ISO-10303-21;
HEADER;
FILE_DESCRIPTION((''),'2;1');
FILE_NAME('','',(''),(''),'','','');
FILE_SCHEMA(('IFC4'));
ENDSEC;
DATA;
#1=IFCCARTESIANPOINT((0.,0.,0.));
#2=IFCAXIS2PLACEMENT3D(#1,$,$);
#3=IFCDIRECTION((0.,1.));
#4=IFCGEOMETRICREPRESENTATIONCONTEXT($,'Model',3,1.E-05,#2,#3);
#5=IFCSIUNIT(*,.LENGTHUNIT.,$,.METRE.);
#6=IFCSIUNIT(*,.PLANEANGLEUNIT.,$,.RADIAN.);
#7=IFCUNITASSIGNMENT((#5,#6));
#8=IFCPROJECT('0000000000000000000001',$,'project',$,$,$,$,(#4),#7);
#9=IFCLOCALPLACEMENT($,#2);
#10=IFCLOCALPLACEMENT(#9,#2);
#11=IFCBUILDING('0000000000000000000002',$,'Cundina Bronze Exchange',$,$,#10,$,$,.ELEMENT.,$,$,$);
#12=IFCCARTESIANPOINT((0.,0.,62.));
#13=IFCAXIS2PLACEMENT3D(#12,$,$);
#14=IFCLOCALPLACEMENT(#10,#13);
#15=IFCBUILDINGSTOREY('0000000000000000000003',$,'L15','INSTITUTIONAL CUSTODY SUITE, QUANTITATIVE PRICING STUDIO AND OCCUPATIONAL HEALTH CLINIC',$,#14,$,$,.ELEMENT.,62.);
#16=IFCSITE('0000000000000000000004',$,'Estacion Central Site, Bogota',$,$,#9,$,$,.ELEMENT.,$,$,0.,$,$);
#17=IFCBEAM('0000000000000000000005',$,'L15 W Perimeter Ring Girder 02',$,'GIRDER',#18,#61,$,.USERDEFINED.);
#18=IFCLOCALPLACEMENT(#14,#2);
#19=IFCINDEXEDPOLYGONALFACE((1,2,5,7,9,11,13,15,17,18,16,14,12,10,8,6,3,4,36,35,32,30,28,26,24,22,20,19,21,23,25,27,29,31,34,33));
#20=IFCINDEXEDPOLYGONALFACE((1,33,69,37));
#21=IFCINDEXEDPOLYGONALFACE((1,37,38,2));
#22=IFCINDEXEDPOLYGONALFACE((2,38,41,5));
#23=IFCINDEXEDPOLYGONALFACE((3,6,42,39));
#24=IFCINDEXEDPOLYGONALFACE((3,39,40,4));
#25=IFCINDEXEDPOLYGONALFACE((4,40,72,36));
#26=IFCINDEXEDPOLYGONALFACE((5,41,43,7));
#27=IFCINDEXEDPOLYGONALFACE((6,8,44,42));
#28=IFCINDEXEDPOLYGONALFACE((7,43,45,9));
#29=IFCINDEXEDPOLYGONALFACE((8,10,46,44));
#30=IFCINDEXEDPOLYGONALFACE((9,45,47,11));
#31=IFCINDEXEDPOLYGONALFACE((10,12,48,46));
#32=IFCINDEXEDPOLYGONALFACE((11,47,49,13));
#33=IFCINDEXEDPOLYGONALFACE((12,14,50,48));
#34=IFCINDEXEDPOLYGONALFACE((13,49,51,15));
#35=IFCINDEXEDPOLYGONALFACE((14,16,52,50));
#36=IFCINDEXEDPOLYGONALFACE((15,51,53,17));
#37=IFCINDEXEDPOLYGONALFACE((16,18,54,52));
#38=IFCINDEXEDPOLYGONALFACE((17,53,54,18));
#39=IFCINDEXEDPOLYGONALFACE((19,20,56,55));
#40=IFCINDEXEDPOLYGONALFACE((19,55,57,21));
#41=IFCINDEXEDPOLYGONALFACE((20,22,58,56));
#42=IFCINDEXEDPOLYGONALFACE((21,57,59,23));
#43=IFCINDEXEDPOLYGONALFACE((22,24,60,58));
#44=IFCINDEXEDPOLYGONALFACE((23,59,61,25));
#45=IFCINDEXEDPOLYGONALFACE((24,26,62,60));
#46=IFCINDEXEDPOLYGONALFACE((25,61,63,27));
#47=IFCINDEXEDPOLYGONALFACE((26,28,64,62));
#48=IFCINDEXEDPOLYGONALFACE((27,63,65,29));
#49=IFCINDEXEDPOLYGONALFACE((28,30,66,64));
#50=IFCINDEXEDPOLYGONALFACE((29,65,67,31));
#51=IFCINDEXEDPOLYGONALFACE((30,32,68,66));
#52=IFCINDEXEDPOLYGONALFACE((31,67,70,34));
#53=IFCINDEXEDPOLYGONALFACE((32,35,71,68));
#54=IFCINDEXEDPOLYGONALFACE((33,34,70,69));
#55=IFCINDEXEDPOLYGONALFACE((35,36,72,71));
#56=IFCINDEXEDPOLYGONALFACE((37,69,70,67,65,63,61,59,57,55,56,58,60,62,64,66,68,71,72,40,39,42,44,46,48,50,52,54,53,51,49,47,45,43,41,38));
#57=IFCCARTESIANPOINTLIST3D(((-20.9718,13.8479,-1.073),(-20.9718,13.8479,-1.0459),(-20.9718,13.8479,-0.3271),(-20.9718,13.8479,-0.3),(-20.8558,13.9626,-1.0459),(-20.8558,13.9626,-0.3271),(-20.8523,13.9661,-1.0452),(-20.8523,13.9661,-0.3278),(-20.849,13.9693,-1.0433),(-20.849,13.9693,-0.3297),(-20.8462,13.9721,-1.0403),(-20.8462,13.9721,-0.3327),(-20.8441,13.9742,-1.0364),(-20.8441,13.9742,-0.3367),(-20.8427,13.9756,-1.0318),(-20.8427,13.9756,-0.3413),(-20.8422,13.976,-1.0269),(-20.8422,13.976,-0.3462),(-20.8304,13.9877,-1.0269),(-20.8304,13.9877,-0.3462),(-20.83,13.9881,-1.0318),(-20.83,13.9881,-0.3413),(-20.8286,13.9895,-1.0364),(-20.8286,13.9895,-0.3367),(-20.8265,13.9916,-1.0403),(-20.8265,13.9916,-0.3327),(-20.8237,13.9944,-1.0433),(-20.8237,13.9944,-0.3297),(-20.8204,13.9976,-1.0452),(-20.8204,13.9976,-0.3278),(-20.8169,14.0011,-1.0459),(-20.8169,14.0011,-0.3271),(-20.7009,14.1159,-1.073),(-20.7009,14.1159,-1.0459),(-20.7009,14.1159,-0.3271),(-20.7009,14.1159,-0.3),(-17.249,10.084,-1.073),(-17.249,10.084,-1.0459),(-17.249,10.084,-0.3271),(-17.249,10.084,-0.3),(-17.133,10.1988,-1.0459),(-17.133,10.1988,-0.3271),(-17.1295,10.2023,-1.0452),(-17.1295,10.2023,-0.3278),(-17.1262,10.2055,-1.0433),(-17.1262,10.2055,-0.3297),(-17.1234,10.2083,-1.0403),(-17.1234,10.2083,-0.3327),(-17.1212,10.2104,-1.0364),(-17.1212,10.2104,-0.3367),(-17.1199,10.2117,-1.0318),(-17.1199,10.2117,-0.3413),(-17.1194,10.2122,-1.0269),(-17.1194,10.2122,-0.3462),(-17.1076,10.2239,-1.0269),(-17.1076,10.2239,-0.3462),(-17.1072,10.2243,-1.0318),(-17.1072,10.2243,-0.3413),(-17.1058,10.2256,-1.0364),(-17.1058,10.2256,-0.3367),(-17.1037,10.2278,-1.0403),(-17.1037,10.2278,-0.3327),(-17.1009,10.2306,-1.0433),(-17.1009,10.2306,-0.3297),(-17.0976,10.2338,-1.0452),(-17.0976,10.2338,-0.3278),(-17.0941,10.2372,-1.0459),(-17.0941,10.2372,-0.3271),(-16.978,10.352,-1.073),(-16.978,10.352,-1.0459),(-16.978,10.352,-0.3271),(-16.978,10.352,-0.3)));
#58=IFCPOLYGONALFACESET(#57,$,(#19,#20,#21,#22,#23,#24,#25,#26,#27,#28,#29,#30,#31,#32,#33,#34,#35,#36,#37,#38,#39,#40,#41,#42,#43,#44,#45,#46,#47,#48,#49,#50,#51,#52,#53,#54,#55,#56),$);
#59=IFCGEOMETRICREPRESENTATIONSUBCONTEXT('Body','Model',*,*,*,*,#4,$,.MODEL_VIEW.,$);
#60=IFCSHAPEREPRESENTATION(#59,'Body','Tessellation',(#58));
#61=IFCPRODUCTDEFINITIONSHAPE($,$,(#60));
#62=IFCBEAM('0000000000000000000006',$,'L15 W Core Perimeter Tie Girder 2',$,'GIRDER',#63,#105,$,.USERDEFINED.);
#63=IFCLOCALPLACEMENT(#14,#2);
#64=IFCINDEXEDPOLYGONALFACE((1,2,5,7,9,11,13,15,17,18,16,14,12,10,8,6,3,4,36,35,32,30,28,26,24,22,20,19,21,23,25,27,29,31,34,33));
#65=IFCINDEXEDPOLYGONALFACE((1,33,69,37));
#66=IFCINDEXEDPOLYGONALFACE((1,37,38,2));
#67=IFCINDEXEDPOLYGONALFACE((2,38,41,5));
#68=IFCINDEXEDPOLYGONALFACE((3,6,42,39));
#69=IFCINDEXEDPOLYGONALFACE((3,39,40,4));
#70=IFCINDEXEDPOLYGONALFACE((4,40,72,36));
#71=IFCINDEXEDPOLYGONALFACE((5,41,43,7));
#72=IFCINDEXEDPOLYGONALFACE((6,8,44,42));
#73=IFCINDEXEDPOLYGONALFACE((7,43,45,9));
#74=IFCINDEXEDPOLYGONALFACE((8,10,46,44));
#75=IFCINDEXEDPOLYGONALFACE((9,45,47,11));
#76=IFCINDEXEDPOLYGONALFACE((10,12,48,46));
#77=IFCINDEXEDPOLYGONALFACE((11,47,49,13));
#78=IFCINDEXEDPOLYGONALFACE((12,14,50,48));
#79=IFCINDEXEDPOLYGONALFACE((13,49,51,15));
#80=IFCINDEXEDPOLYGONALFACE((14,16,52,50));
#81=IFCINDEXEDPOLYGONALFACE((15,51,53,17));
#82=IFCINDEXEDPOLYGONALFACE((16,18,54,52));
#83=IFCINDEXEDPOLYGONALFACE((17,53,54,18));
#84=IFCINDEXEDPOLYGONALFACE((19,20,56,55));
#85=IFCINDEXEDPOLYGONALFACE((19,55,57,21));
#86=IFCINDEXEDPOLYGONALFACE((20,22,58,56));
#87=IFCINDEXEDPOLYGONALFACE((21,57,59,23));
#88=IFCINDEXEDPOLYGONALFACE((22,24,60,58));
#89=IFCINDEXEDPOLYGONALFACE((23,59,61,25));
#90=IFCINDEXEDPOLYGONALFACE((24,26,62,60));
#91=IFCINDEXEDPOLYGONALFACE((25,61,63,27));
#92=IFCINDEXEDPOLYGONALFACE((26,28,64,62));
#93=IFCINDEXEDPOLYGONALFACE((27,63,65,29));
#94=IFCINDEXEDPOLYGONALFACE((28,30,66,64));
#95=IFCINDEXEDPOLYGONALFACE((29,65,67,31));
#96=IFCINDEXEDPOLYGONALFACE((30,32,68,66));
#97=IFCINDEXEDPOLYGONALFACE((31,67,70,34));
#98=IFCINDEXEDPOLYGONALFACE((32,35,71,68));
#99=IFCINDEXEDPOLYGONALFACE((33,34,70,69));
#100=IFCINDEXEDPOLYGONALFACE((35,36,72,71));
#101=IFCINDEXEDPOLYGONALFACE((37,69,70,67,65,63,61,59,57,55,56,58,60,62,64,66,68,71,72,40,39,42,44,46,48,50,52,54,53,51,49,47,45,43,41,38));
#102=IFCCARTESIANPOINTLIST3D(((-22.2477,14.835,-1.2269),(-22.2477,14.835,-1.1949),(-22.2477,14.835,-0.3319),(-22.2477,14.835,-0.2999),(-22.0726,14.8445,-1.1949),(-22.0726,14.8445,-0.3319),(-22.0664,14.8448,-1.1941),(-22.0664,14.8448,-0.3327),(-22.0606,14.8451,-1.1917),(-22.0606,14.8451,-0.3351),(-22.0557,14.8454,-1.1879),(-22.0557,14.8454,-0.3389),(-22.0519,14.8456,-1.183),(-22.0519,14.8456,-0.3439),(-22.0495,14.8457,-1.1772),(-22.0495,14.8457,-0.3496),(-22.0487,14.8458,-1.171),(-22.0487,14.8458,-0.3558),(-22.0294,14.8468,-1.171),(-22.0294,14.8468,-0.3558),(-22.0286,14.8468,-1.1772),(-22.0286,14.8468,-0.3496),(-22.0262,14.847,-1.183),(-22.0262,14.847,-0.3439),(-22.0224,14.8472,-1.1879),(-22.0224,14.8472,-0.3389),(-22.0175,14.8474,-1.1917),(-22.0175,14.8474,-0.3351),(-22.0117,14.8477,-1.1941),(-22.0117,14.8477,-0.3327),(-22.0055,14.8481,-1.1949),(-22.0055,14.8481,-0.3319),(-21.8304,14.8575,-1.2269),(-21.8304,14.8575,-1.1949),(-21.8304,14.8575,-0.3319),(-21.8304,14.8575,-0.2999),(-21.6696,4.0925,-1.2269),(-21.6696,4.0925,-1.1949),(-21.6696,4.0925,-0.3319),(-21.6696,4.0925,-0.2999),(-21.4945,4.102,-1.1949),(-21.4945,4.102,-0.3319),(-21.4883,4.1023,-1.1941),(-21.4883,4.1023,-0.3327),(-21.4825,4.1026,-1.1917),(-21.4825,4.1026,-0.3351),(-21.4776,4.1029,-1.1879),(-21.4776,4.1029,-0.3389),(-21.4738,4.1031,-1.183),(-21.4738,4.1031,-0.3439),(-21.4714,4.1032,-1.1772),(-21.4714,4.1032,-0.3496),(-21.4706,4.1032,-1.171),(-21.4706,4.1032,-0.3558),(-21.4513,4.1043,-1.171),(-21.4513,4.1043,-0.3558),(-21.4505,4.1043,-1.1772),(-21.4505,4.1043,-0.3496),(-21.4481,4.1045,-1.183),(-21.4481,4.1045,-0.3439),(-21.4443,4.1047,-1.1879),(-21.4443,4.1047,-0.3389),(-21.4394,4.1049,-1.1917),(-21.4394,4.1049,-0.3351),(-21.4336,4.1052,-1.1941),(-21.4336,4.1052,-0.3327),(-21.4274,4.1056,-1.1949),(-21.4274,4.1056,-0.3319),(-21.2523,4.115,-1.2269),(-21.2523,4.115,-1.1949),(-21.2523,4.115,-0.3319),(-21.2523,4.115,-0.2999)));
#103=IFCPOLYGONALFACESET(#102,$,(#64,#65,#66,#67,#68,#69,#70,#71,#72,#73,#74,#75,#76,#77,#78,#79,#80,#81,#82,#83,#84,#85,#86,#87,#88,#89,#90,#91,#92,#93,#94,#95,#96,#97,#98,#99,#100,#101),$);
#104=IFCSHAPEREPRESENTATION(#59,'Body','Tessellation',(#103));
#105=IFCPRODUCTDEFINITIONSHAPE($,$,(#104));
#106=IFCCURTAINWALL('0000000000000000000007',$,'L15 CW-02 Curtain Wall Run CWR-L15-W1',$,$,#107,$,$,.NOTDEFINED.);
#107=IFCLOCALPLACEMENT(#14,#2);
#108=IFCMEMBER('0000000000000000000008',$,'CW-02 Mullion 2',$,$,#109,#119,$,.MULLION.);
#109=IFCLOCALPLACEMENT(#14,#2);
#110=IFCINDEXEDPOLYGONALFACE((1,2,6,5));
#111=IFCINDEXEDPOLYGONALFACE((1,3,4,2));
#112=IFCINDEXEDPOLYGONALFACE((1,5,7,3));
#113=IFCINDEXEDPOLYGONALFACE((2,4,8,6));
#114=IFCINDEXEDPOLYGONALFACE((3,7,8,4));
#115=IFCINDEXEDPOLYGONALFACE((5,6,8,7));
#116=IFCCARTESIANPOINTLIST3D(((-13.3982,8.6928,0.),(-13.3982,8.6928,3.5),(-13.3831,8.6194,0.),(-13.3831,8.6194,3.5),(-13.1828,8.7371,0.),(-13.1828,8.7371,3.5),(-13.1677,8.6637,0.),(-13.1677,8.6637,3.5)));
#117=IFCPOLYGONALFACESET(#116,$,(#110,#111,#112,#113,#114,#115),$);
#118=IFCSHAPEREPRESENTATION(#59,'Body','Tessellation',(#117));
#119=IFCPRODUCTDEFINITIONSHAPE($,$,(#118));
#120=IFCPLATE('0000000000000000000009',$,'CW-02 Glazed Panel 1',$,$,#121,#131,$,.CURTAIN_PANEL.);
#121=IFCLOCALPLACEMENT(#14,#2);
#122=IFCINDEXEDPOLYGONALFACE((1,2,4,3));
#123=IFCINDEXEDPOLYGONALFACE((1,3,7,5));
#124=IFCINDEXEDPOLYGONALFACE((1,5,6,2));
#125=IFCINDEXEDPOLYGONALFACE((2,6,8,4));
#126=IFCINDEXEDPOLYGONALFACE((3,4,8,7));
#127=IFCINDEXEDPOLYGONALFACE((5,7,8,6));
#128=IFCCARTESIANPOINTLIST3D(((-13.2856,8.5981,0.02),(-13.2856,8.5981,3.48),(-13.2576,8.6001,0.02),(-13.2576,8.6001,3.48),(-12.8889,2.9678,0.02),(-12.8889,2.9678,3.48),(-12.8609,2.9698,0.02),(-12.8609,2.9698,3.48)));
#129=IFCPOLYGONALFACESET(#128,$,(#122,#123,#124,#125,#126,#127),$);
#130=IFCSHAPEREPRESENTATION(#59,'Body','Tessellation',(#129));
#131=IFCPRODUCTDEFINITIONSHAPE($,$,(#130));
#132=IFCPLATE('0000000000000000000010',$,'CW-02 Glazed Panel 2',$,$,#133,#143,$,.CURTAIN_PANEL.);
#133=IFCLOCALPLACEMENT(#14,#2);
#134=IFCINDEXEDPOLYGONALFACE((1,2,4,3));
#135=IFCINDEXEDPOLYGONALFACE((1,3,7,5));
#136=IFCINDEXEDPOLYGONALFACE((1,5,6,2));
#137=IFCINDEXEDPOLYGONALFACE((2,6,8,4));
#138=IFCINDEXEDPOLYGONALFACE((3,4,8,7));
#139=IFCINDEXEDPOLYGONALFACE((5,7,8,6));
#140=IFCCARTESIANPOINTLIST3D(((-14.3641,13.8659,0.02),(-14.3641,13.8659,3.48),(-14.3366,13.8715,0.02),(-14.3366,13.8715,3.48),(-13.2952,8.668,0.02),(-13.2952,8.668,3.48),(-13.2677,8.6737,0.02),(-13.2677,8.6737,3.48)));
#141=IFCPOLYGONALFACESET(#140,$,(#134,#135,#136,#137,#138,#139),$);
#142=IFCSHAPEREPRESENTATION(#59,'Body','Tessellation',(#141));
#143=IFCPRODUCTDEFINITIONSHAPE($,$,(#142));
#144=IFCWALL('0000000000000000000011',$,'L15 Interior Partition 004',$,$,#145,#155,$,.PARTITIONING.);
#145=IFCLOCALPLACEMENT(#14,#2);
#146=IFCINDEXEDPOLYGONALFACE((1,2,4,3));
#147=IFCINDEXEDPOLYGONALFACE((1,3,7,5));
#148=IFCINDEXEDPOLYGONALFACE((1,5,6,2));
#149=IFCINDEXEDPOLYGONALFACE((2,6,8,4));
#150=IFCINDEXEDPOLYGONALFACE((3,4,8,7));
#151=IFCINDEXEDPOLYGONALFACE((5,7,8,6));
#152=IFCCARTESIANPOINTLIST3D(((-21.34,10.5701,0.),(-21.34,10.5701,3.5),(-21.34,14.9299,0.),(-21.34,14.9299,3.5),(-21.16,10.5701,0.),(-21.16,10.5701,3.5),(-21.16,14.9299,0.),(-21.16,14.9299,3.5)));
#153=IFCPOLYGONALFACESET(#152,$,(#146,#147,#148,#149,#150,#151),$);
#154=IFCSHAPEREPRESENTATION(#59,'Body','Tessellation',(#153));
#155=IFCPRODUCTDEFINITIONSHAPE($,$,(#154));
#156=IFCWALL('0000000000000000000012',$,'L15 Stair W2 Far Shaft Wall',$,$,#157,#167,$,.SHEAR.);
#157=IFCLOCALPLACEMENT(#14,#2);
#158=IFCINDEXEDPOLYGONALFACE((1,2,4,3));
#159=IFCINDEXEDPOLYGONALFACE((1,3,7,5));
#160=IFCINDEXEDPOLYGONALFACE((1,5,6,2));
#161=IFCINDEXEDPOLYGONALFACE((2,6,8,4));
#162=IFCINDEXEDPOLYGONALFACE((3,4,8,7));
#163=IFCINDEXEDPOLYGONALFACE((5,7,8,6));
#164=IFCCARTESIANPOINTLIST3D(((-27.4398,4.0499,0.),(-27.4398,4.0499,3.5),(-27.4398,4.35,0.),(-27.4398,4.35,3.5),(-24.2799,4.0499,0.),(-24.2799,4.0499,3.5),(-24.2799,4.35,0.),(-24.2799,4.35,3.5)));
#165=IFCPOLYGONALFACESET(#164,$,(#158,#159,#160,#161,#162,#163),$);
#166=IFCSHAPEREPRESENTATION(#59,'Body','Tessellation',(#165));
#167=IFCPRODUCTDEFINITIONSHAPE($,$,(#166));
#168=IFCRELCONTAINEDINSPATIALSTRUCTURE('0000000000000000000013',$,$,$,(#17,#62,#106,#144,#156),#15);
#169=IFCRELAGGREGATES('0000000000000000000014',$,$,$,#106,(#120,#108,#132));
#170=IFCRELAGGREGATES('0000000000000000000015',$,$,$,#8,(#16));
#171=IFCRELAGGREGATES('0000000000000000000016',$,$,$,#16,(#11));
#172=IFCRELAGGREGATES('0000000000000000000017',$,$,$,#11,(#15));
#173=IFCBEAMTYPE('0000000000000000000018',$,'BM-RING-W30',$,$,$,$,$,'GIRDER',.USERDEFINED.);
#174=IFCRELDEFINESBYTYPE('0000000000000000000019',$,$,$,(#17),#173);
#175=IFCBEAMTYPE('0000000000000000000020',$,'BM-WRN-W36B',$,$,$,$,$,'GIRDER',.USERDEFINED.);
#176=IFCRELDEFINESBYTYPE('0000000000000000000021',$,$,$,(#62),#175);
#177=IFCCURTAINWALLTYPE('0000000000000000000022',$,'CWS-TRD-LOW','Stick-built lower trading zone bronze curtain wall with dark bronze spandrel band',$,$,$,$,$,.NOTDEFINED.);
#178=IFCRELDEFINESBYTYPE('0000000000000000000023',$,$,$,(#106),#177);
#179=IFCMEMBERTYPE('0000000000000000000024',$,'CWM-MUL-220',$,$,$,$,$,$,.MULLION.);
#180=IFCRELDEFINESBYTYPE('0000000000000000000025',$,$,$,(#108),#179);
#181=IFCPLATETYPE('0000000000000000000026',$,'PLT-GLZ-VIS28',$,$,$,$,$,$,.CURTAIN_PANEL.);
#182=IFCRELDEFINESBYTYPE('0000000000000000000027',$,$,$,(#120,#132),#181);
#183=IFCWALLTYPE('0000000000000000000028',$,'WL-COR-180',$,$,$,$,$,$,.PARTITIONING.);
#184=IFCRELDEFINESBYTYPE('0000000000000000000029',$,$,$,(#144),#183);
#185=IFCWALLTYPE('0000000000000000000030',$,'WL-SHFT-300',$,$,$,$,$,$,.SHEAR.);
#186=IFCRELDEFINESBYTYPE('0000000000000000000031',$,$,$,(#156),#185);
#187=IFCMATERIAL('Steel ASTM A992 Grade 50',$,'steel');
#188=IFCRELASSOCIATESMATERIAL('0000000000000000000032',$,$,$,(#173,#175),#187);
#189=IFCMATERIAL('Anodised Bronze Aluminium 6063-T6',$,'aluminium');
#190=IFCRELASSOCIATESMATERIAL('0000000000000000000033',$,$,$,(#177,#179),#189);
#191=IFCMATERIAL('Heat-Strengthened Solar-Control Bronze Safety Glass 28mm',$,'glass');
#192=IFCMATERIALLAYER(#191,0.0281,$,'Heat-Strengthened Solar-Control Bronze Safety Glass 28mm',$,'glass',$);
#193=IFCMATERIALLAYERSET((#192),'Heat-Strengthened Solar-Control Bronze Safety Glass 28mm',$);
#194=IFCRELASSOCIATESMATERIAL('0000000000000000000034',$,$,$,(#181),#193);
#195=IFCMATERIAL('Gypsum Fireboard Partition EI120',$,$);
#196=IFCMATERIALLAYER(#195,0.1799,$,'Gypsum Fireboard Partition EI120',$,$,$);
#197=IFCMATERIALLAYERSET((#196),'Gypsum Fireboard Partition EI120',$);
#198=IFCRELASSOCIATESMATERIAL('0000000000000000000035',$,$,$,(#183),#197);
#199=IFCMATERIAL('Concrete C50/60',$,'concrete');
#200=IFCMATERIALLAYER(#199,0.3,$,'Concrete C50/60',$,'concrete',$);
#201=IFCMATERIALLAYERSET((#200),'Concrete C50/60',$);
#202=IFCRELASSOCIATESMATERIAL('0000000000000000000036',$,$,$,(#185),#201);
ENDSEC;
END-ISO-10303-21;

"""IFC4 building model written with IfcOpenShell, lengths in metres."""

from ifc_helpers import new_model, si_unit, direction, frame, frame_2d, origin, origin_2d, place, context, subcontext, project, spatial, rectangle, i_section, extrude, material, layer, layer_set, material_profile, profile_set, type_object, element, aggregate, save


model = new_model("IFC4")

# Units and contexts
model_context = context("Model", 3, precision=1e-05, world=origin(), true_north=direction((0.0, 1.0)))
body_context = subcontext(model_context, "Body", "Model", "MODEL_VIEW")
ifc_project = project(units=[si_unit("LENGTHUNIT", "METRE"), si_unit("PLANEANGLEUNIT", "RADIAN")], contexts=[model_context])

# Site, building, storey
site_placement = place(None, origin())
site = spatial("IfcSite", under=ifc_project, at=site_placement, Name="Estacion Central Site, Bogota", CompositionType="ELEMENT", RefElevation=0.0)
building_placement = place(site_placement, origin())
building = spatial("IfcBuilding", under=site, at=building_placement, Name="Cundina Bronze Exchange", CompositionType="ELEMENT")
storey_placement = place(building_placement, frame((0.0, 0.0, 62.0)))
storey = spatial("IfcBuildingStorey", under=building, at=storey_placement, Name="L15", Description="INSTITUTIONAL CUSTODY SUITE, QUANTITATIVE PRICING STUDIO AND OCCUPATIONAL HEALTH CLINIC", CompositionType="ELEMENT", Elevation=62.0)

# Beams
ifc_material_1 = material(Name="Steel ASTM A992 Grade 50", Category="steel")
ifc_material_profile_1 = material_profile(ifc_material_1, i_section(OverallWidth=0.3811, OverallDepth=0.7729, WebThickness=0.0166, FlangeThickness=0.0271, FilletRadius=0.019, at=origin_2d()), Name="W30X173", Category="steel")
ifc_profile_set_1 = profile_set([ifc_material_profile_1], Name="Steel ASTM A992 Grade 50")
beam_type_1 = type_object("IfcBeamType", Name="BM-RING-W30", ElementType="GIRDER", PredefinedType="USERDEFINED", material=ifc_profile_set_1)
beam_1_placement = place(storey_placement, frame((-17.1135, 10.218, -0.6865), z_axis=(-0.703222, 0.71097, 0.0), x_axis=(-0.71097, -0.703222, 0.0)))
element("IfcBeam", 1, at=beam_1_placement, inside=storey, type_object=beam_type_1, Name="L15 W Perimeter Ring Girder 02", ObjectType="GIRDER", PredefinedType="USERDEFINED", context=body_context, shape_type="SweptSolid", body=[
    extrude(i_section(OverallWidth=0.3811, OverallDepth=0.7729, WebThickness=0.0166, FlangeThickness=0.0271, FilletRadius=0.019, at=origin_2d()), origin(), (0.0, 0.0, 1.0), 5.2939),
])
ifc_material_profile_2 = material_profile(ifc_material_1, i_section(OverallWidth=0.418, OverallDepth=0.927, WebThickness=0.0193, FlangeThickness=0.032, FilletRadius=0.0239, at=origin_2d()), Name="W36X231", Category="steel")
ifc_profile_set_2 = profile_set([ifc_material_profile_2], Name="Steel ASTM A992 Grade 50")
beam_type_2 = type_object("IfcBeamType", Name="BM-WRN-W36B", ElementType="GIRDER", PredefinedType="USERDEFINED", material=ifc_profile_set_2)
beam_2_placement = place(storey_placement, frame((-21.4609, 4.1038, -0.7634), z_axis=(-0.053739, 0.998555, 0.0), x_axis=(-0.998555, -0.053739, 0.0)))
element("IfcBeam", 2, at=beam_2_placement, inside=storey, type_object=beam_type_2, Name="L15 W Core Perimeter Tie Girder 2", ObjectType="GIRDER", PredefinedType="USERDEFINED", context=body_context, shape_type="SweptSolid", body=[
    extrude(i_section(OverallWidth=0.418, OverallDepth=0.927, WebThickness=0.0193, FlangeThickness=0.032, FilletRadius=0.0239, at=origin_2d()), origin(), (0.0, 0.0, 1.0), 10.7581),
])

# Curtain wall, member, plates
ifc_material_2 = material(Name="Anodised Bronze Aluminium 6063-T6", Category="aluminium")
curtain_wall_type = type_object("IfcCurtainWallType", Name="CWS-TRD-LOW", Description="Stick-built lower trading zone bronze curtain wall with dark bronze spandrel band", PredefinedType="NOTDEFINED", material=ifc_material_2)
curtain_wall_placement = place(storey_placement, origin())
curtain_wall = element("IfcCurtainWall", 3, at=curtain_wall_placement, inside=storey, type_object=curtain_wall_type, Name="L15 CW-02 Curtain Wall Run CWR-L15-W1", PredefinedType="NOTDEFINED")
ifc_material_profile_3 = material_profile(ifc_material_2, rectangle(XDim=0.075, YDim=0.22, at=origin_2d()), Name="AL75X220", Category="aluminium")
ifc_profile_set_3 = profile_set([ifc_material_profile_3], Name="Anodised Bronze Aluminium 6063-T6")
member_type = type_object("IfcMemberType", Name="CWM-MUL-220", PredefinedType="MULLION", material=ifc_profile_set_3)
member_placement = place(storey_placement, frame((-13.283, 8.6782, 0.0), z_axis=(0.0, 0.0, 1.0), x_axis=(-0.20142, 0.979505, 0.0)))
member = element("IfcMember", 4, at=member_placement, type_object=member_type, Name="CW-02 Mullion 2", PredefinedType="MULLION", context=body_context, shape_type="SweptSolid", body=[
    extrude(rectangle(XDim=0.075, YDim=0.22, at=origin_2d()), origin(), (0.0, 0.0, 1.0), 3.5),
])
ifc_material_3 = material(Name="Heat-Strengthened Solar-Control Bronze Safety Glass 28mm", Category="glass")
ifc_layer_1 = layer(ifc_material_3, 0.0281, Name="Heat-Strengthened Solar-Control Bronze Safety Glass 28mm", Category="glass")
ifc_layer_set_1 = layer_set([ifc_layer_1], Name="Heat-Strengthened Solar-Control Bronze Safety Glass 28mm")
plate_type = type_object("IfcPlateType", Name="PLT-GLZ-VIS28", PredefinedType="CURTAIN_PANEL", material=ifc_layer_set_1)
plate_1_placement = place(storey_placement, frame((-13.0732, 5.7839, 0.02), z_axis=(0.0, 0.0, 1.0), x_axis=(-0.070279, 0.997527, 0.0)))
plate_1 = element("IfcPlate", 5, at=plate_1_placement, type_object=plate_type, Name="CW-02 Glazed Panel 1", PredefinedType="CURTAIN_PANEL", context=body_context, shape_type="SweptSolid", body=[
    extrude(rectangle(XDim=5.6443, YDim=0.0281, at=origin_2d()), origin(), (0.0, 0.0, 1.0), 3.46),
])
plate_2_placement = place(storey_placement, frame((-13.8159, 11.2698, 0.02), z_axis=(0.0, 0.0, 1.0), x_axis=(-0.20142, 0.979505, 0.0)))
plate_2 = element("IfcPlate", 6, at=plate_2_placement, type_object=plate_type, Name="CW-02 Glazed Panel 2", PredefinedType="CURTAIN_PANEL", context=body_context, shape_type="SweptSolid", body=[
    extrude(rectangle(XDim=5.3066, YDim=0.0281, at=origin_2d()), origin(), (0.0, 0.0, 1.0), 3.46),
])
aggregate(curtain_wall, [plate_1, member, plate_2])

# Walls
ifc_material_4 = material(Name="Gypsum Fireboard Partition EI120")
ifc_layer_2 = layer(ifc_material_4, 0.1799, Name="Gypsum Fireboard Partition EI120")
ifc_layer_set_2 = layer_set([ifc_layer_2], Name="Gypsum Fireboard Partition EI120")
wall_type_1 = type_object("IfcWallType", Name="WL-COR-180", PredefinedType="PARTITIONING", material=ifc_layer_set_2)
wall_1_placement = place(storey_placement, frame((-21.25, 10.5701, 0.0), z_axis=(0.0, 0.0, 1.0), x_axis=(0.0, 1.0, 0.0)))
element("IfcWall", 7, at=wall_1_placement, inside=storey, type_object=wall_type_1, Name="L15 Interior Partition 004", PredefinedType="PARTITIONING", context=body_context, shape_type="SweptSolid", body=[
    extrude(rectangle(XDim=4.3599, YDim=0.1799, at=frame_2d((2.1799, 0.0))), origin(), (0.0, 0.0, 1.0), 3.5),
])
ifc_material_5 = material(Name="Concrete C50/60", Category="concrete")
ifc_layer_3 = layer(ifc_material_5, 0.3, Name="Concrete C50/60", Category="concrete")
ifc_layer_set_3 = layer_set([ifc_layer_3], Name="Concrete C50/60")
wall_type_2 = type_object("IfcWallType", Name="WL-SHFT-300", PredefinedType="SHEAR", material=ifc_layer_set_3)
wall_2_placement = place(storey_placement, frame((-27.4399, 4.2, 0.0), z_axis=(0.0, 0.0, 1.0), x_axis=(1.0, 0.0, 0.0)))
element("IfcWall", 8, at=wall_2_placement, inside=storey, type_object=wall_type_2, Name="L15 Stair W2 Far Shaft Wall", PredefinedType="SHEAR", context=body_context, shape_type="SweptSolid", body=[
    extrude(rectangle(XDim=3.1599, YDim=0.3, at=frame_2d((1.5801, 0.0))), origin(), (0.0, 0.0, 1.0), 3.5),
])

save(model, "model.ifc")
